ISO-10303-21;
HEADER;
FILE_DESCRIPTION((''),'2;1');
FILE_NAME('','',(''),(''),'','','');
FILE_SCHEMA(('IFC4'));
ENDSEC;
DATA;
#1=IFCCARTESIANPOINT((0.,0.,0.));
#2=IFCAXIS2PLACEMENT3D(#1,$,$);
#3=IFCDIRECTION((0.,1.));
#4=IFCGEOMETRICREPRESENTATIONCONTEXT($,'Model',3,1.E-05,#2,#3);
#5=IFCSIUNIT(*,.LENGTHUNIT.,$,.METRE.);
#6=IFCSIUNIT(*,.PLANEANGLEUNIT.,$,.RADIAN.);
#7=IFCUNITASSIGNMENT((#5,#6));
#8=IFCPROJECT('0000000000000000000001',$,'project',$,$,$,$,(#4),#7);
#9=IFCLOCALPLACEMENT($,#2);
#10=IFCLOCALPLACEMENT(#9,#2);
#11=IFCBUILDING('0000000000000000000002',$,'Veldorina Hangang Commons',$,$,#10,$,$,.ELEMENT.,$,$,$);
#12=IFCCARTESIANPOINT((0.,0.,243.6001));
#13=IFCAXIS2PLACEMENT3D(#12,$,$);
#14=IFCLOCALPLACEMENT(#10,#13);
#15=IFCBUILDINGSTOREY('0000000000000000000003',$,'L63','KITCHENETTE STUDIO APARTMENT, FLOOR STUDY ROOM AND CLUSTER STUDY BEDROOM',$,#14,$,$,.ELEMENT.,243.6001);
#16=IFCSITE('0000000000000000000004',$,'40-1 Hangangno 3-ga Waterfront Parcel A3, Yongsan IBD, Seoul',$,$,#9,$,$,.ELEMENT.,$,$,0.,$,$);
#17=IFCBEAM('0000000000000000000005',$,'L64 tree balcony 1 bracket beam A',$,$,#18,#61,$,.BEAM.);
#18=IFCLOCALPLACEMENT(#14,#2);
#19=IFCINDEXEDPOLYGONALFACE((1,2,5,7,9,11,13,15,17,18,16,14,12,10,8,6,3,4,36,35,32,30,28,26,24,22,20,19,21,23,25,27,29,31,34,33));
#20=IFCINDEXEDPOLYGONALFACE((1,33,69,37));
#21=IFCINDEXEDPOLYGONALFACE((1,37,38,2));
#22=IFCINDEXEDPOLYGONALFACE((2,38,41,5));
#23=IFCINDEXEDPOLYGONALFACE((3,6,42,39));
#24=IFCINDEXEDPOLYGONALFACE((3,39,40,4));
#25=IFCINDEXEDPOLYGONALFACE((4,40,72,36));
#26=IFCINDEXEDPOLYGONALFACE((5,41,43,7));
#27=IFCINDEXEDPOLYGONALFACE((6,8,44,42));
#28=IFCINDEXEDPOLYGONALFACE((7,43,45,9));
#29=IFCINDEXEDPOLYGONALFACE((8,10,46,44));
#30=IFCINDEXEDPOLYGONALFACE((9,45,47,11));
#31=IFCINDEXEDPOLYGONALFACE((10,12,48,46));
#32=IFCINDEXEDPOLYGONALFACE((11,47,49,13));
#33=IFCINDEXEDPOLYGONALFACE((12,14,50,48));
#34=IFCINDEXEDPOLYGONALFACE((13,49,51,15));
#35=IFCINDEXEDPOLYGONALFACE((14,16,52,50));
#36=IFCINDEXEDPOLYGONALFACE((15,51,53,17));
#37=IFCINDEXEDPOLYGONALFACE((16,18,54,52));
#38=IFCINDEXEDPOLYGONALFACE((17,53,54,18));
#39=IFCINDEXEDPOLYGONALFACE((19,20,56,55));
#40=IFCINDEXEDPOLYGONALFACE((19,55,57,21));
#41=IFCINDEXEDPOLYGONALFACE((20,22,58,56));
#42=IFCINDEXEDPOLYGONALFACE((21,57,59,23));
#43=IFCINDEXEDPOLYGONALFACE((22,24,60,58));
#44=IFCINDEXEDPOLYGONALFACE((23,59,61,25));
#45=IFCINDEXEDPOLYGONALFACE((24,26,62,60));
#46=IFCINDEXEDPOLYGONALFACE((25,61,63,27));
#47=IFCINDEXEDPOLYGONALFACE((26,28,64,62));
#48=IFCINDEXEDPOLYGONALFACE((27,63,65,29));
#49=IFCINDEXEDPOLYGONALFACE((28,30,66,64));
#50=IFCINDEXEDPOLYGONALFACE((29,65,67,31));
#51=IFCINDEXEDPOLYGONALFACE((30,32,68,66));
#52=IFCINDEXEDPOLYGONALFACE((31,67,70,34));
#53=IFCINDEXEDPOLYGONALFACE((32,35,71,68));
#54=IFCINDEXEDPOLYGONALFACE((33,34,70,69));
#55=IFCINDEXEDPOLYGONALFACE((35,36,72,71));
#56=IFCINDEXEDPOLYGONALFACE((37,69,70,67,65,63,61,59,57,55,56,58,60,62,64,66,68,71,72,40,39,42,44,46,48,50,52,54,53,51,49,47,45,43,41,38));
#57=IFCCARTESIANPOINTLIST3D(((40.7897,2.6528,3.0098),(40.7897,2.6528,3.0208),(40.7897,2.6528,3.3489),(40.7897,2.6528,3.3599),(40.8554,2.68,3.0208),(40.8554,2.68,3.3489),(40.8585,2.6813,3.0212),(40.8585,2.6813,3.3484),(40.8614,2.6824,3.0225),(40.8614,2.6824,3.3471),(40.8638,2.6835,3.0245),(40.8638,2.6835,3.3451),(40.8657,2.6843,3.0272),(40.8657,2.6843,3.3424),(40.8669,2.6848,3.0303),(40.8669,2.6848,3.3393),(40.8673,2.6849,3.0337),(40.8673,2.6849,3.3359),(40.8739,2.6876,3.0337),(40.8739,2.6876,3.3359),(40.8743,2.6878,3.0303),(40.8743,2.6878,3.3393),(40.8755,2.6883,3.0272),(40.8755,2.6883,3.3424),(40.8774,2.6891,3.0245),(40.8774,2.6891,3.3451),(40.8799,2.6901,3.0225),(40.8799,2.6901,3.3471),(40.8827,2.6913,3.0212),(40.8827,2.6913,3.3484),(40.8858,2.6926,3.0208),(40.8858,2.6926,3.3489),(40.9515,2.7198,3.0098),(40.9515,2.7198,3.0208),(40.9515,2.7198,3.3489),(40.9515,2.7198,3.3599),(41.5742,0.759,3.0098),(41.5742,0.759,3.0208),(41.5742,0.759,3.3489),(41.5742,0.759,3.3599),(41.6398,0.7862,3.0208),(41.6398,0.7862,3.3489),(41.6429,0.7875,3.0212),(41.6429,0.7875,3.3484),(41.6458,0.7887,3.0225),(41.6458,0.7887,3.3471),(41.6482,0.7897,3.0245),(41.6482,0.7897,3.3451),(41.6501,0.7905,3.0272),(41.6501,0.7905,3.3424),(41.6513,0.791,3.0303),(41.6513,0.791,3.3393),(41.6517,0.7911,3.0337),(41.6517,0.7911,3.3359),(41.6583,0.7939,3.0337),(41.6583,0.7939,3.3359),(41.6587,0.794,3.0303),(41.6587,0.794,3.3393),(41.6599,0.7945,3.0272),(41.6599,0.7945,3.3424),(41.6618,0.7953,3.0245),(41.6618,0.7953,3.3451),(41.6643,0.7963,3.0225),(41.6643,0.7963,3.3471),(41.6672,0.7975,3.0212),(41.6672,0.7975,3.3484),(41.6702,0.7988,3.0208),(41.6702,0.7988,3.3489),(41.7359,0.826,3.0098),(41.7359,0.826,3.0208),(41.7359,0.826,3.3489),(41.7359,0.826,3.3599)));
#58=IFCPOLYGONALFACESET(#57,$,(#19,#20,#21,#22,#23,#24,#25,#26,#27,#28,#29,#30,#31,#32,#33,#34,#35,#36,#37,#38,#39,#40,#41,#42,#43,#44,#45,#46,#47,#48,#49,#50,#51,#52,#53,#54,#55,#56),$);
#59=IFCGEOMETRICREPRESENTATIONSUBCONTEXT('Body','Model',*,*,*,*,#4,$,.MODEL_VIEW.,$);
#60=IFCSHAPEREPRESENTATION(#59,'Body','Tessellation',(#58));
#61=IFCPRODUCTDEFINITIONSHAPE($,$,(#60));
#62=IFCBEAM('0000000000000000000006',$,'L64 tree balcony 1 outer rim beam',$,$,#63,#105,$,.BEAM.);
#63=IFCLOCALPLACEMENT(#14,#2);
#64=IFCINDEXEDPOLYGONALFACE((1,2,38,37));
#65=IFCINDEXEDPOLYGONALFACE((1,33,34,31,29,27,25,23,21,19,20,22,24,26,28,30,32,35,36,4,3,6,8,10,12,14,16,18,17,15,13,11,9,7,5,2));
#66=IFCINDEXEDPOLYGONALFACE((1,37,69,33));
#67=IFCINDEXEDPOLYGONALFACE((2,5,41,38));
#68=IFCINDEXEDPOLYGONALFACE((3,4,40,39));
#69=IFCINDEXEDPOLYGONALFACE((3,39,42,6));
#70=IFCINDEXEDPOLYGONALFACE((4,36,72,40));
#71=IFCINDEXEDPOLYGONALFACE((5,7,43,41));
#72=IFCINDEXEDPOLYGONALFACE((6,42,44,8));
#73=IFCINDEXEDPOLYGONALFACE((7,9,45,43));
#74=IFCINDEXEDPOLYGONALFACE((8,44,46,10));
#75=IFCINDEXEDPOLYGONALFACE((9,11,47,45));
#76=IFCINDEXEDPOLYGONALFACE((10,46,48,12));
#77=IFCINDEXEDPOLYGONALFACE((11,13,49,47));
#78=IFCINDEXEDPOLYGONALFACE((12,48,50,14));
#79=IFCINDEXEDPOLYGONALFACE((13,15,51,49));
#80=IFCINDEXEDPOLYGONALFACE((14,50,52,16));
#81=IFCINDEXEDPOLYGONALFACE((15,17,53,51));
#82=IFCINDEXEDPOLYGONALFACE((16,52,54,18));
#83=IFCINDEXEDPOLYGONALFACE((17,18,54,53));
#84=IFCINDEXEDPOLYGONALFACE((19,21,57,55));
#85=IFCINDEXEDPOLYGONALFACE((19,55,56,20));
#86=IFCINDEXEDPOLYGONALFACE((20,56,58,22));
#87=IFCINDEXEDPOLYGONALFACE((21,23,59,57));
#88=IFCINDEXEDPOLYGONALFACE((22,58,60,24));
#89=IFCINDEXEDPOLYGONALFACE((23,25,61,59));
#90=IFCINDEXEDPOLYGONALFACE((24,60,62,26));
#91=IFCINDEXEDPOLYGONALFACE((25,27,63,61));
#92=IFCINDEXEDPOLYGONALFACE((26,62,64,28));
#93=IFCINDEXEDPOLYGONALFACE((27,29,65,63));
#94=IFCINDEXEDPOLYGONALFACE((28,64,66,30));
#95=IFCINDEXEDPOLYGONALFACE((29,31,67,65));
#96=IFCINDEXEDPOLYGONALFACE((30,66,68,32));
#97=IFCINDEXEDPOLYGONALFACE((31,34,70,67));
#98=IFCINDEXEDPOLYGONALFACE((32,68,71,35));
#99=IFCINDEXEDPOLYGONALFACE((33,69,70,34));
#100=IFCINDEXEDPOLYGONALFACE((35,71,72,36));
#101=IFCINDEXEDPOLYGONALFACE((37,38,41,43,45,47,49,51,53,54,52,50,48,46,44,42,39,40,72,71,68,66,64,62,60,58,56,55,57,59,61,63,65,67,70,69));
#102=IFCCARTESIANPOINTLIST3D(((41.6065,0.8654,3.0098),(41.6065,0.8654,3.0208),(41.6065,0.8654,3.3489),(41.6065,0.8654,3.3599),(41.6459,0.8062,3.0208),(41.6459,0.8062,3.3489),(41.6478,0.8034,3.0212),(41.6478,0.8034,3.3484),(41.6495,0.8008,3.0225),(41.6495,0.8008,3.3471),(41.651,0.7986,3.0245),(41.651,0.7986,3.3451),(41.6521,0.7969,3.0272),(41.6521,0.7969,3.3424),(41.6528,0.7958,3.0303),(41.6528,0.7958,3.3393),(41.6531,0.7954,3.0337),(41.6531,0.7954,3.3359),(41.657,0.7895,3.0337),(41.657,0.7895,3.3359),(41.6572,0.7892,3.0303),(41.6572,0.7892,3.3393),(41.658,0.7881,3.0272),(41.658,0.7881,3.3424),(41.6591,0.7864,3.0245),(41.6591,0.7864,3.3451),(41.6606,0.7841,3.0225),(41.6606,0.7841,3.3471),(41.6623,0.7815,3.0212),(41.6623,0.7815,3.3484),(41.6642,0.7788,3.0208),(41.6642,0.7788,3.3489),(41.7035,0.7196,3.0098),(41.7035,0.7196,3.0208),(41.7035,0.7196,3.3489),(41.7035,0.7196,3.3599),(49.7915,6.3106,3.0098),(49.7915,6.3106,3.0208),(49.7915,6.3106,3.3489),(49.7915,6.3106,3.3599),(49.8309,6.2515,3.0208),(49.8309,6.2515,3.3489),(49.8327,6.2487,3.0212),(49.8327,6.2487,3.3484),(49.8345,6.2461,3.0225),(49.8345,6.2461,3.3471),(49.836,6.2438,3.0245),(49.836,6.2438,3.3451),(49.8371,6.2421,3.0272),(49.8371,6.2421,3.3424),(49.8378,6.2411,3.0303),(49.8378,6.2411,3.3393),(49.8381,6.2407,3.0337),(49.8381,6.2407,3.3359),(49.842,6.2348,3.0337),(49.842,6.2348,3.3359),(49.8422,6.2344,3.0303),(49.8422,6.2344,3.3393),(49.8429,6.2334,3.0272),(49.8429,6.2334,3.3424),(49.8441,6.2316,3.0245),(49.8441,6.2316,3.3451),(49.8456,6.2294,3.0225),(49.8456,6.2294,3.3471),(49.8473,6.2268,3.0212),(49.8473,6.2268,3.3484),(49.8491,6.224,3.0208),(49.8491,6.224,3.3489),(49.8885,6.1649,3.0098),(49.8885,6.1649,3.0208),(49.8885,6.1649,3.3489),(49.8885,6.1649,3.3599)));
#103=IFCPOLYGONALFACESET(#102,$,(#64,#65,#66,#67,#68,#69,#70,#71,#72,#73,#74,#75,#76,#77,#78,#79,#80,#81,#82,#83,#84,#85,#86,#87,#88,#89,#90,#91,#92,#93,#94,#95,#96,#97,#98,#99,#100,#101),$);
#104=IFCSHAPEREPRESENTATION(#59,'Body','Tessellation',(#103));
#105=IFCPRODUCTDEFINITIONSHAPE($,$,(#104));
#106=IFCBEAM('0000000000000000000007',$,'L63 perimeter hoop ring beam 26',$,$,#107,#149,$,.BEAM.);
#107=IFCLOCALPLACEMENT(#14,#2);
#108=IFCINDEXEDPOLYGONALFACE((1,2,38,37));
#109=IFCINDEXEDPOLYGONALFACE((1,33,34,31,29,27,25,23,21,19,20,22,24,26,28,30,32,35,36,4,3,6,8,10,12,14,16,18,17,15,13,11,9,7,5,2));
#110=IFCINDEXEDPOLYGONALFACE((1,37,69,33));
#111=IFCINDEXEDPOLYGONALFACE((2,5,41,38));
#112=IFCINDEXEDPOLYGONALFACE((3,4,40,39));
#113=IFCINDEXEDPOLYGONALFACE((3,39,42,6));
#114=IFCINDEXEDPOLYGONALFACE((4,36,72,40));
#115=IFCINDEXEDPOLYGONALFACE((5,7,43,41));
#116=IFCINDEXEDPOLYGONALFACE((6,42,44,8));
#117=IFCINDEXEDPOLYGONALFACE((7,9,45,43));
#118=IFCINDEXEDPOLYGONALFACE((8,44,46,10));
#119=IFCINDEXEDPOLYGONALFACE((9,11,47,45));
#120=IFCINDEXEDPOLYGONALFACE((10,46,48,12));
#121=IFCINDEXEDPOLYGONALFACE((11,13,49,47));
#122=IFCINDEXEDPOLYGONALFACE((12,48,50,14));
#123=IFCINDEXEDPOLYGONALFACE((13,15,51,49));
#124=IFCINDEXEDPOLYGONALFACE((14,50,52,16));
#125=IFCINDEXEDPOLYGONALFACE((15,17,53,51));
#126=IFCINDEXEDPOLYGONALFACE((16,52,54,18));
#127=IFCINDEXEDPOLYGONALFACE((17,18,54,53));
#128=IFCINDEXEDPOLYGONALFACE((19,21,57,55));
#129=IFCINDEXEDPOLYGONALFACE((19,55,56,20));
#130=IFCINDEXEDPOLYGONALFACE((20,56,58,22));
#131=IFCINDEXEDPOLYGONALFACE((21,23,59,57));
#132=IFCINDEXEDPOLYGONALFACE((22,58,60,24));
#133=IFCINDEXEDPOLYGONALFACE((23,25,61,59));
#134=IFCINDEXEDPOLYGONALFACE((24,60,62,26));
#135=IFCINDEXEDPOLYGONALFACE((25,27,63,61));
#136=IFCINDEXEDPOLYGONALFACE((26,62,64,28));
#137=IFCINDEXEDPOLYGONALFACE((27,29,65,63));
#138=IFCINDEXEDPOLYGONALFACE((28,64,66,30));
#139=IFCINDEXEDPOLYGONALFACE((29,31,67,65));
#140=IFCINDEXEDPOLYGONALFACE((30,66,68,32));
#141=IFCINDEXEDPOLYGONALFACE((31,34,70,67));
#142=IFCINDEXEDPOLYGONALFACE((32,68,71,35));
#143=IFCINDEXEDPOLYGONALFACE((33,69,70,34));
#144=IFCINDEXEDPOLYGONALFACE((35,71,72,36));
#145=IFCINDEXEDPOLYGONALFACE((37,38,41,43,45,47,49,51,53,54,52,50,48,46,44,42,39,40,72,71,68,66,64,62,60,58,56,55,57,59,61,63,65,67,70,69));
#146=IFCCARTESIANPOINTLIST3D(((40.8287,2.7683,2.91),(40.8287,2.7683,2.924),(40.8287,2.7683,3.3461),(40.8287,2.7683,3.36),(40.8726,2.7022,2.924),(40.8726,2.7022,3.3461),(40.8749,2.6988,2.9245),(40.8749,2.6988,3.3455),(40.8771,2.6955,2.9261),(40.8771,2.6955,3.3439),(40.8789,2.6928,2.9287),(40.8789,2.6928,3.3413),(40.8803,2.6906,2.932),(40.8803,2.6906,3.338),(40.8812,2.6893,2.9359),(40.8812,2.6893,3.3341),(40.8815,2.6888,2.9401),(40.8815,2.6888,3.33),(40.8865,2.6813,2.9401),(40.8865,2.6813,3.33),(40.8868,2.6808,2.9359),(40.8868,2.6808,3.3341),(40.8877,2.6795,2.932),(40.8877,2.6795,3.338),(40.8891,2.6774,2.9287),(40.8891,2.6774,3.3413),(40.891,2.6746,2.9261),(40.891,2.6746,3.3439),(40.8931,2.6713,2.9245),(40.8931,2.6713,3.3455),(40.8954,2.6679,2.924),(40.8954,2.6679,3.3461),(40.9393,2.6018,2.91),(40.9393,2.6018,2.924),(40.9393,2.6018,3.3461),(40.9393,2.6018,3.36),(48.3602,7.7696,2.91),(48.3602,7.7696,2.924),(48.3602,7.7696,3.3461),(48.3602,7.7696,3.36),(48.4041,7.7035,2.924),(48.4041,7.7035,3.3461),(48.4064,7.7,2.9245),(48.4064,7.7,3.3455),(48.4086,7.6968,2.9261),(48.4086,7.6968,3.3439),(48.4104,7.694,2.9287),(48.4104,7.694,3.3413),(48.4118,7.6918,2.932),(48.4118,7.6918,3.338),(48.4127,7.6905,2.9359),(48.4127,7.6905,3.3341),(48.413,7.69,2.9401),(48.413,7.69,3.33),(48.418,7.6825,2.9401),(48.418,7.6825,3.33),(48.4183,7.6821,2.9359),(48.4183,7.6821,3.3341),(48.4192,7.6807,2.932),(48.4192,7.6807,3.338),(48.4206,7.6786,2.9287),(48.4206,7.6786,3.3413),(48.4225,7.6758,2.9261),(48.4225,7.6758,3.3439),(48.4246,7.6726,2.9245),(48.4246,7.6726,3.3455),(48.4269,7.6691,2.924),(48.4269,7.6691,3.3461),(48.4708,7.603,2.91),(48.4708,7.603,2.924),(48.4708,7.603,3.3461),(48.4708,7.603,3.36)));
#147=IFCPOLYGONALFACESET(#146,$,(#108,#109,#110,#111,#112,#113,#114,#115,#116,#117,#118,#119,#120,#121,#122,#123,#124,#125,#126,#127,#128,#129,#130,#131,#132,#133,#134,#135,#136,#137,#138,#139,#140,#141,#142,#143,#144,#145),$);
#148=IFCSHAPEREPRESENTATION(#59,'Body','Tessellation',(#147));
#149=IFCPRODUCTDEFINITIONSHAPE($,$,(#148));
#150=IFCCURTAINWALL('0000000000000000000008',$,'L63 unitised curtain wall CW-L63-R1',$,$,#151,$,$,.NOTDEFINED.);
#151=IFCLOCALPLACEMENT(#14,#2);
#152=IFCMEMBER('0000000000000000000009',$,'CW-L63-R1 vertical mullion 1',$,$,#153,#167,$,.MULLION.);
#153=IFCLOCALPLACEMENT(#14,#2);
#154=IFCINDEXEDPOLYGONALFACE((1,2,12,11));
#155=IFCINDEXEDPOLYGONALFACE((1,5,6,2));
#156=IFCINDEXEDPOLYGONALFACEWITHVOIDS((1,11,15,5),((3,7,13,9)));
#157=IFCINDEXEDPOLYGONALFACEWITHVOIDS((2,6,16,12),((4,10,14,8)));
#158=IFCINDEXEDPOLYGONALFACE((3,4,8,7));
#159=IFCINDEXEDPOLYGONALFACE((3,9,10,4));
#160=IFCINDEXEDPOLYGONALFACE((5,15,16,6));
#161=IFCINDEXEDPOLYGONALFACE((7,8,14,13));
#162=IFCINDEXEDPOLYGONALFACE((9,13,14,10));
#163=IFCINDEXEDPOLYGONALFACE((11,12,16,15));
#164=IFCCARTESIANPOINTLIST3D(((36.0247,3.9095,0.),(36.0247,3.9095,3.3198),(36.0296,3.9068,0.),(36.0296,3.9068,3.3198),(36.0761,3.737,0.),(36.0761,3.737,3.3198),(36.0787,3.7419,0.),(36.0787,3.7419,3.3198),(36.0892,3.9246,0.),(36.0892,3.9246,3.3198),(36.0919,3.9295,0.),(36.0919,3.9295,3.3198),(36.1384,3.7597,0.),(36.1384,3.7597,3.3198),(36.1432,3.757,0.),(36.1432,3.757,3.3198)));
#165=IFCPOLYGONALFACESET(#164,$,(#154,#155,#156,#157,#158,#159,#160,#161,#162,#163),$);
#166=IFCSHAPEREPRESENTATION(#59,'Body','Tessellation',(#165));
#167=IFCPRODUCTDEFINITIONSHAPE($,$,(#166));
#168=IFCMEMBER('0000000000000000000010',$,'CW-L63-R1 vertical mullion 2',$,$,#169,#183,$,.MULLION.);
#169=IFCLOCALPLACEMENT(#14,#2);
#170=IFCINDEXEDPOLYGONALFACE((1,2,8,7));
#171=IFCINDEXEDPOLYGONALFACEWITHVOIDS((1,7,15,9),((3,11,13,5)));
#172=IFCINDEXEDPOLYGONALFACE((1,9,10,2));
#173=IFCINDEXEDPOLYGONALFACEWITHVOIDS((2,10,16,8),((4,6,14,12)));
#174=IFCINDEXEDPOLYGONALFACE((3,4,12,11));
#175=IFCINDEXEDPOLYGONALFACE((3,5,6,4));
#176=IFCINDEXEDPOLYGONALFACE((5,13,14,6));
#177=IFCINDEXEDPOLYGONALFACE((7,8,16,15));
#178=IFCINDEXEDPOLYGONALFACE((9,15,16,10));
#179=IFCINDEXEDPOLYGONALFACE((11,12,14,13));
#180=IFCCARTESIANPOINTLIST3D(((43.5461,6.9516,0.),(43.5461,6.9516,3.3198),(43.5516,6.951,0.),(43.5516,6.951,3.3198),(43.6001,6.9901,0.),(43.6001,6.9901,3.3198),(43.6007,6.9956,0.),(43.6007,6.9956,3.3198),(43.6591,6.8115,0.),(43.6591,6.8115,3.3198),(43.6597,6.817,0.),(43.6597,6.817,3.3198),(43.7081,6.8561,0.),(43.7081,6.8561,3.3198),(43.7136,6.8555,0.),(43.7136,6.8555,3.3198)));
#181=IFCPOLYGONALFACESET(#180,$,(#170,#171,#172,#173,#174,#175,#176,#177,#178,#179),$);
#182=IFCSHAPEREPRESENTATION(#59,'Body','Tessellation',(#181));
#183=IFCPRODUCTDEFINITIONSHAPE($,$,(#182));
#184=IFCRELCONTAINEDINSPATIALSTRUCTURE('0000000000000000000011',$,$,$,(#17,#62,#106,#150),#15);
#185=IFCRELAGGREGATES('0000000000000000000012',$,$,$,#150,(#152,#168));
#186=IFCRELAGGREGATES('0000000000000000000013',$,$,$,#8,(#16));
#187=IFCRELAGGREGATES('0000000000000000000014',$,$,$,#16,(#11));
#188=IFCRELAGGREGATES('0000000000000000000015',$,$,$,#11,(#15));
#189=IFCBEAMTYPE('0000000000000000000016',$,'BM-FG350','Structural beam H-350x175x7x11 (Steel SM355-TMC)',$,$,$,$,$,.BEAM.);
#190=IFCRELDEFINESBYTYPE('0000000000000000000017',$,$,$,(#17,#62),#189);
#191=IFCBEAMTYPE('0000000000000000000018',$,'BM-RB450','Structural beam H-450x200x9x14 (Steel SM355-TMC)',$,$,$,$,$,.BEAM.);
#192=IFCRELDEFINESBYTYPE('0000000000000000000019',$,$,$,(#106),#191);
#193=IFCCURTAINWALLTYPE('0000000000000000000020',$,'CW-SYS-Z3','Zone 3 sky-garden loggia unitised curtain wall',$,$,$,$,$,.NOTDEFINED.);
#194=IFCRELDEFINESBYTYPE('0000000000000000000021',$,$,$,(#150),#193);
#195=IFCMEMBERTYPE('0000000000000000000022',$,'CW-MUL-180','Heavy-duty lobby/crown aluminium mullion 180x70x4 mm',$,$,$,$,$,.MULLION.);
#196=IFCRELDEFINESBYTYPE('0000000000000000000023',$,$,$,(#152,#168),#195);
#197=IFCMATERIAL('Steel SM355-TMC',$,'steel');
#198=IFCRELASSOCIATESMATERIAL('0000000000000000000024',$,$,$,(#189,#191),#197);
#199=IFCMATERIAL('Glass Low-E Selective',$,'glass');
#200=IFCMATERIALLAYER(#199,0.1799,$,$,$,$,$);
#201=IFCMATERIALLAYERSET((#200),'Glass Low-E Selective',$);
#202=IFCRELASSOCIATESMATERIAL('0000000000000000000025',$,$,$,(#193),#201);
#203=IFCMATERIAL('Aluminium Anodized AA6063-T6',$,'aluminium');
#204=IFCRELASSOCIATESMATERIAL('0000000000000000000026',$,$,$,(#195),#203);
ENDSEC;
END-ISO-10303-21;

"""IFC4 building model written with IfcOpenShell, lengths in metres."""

from ifc_helpers import new_model, si_unit, direction, frame, origin, origin_2d, place, context, subcontext, project, spatial, hollow_rectangle, i_section, extrude, material, layer, layer_set, material_profile, profile_set, type_object, element, aggregate, save


model = new_model("IFC4")

# Units and contexts
model_context = context("Model", 3, precision=1e-05, world=origin(), true_north=direction((0.0, 1.0)))
body_context = subcontext(model_context, "Body", "Model", "MODEL_VIEW")
ifc_project = project(units=[si_unit("LENGTHUNIT", "METRE"), si_unit("PLANEANGLEUNIT", "RADIAN")], contexts=[model_context])

# Site, building, storey
site_placement = place(None, origin())
site = spatial("IfcSite", under=ifc_project, at=site_placement, Name="40-1 Hangangno 3-ga Waterfront Parcel A3, Yongsan IBD, Seoul", CompositionType="ELEMENT", RefElevation=0.0)
building_placement = place(site_placement, origin())
building = spatial("IfcBuilding", under=site, at=building_placement, Name="Veldorina Hangang Commons", CompositionType="ELEMENT")
storey_placement = place(building_placement, frame((0.0, 0.0, 243.6001)))
storey = spatial("IfcBuildingStorey", under=building, at=storey_placement, Name="L63", Description="KITCHENETTE STUDIO APARTMENT, FLOOR STUDY ROOM AND CLUSTER STUDY BEDROOM", CompositionType="ELEMENT", Elevation=243.6001)

# Beams
ifc_material_1 = material(Name="Steel SM355-TMC", Category="steel")
ifc_material_profile_1 = material_profile(ifc_material_1, i_section(OverallWidth=0.175, OverallDepth=0.3501, WebThickness=0.0071, FlangeThickness=0.011, FilletRadius=0.0129, at=origin_2d()), Name="H-350x175x7x11")
ifc_profile_set_1 = profile_set([ifc_material_profile_1], Name="Steel SM355-TMC")
beam_type_1 = type_object("IfcBeamType", Name="BM-FG350", Description="Structural beam H-350x175x7x11 (Steel SM355-TMC)", PredefinedType="BEAM", material=ifc_profile_set_1)
beam_1_placement = place(storey_placement, frame((40.8706, 2.6863, 3.1848), z_axis=(0.382678, -0.923882, 0.0), x_axis=(0.923882, 0.382678, 0.0)))
element("IfcBeam", 1, at=beam_1_placement, inside=storey, type_object=beam_type_1, Name="L64 tree balcony 1 bracket beam A", PredefinedType="BEAM", context=body_context, shape_type="SweptSolid", body=[
    extrude(i_section(OverallWidth=0.175, OverallDepth=0.3501, WebThickness=0.0071, FlangeThickness=0.011, FilletRadius=0.0129, at=origin_2d()), origin(), (0.0, 0.0, 1.0), 2.0498),
])
beam_2_placement = place(storey_placement, frame((41.655, 0.7925, 3.1848), z_axis=(0.832585, 0.553898, 0.0), x_axis=(-0.553898, 0.832585, 0.0)))
element("IfcBeam", 2, at=beam_2_placement, inside=storey, type_object=beam_type_1, Name="L64 tree balcony 1 outer rim beam", PredefinedType="BEAM", context=body_context, shape_type="SweptSolid", body=[
    extrude(i_section(OverallWidth=0.175, OverallDepth=0.3501, WebThickness=0.0071, FlangeThickness=0.011, FilletRadius=0.0129, at=origin_2d()), origin(), (0.0, 0.0, 1.0), 9.8308),
])
ifc_material_profile_2 = material_profile(ifc_material_1, i_section(OverallWidth=0.2, OverallDepth=0.45, WebThickness=0.009, FlangeThickness=0.0139, FilletRadius=0.0161, at=origin_2d()), Name="H-450x200x9x14")
ifc_profile_set_2 = profile_set([ifc_material_profile_2], Name="Steel SM355-TMC")
beam_type_2 = type_object("IfcBeamType", Name="BM-RB450", Description="Structural beam H-450x200x9x14 (Steel SM355-TMC)", PredefinedType="BEAM", material=ifc_profile_set_2)
beam_3_placement = place(storey_placement, frame((40.884, 2.6851, 3.135), z_axis=(0.833058, 0.553185, 0.0), x_axis=(-0.553185, 0.833058, 0.0)))
element("IfcBeam", 3, at=beam_3_placement, inside=storey, type_object=beam_type_2, Name="L63 perimeter hoop ring beam 26", PredefinedType="BEAM", context=body_context, shape_type="SweptSolid", body=[
    extrude(i_section(OverallWidth=0.2, OverallDepth=0.45, WebThickness=0.009, FlangeThickness=0.0139, FilletRadius=0.0161, at=origin_2d()), origin(), (0.0, 0.0, 1.0), 9.0408),
])

# Curtain wall, members
ifc_material_2 = material(Name="Glass Low-E Selective", Category="glass")
ifc_layer_1 = layer(ifc_material_2, 0.1799)
ifc_layer_set_1 = layer_set([ifc_layer_1], Name="Glass Low-E Selective")
curtain_wall_type = type_object("IfcCurtainWallType", Name="CW-SYS-Z3", Description="Zone 3 sky-garden loggia unitised curtain wall", PredefinedType="NOTDEFINED", material=ifc_layer_set_1)
curtain_wall_placement = place(storey_placement, origin())
curtain_wall = element("IfcCurtainWall", 4, at=curtain_wall_placement, inside=storey, type_object=curtain_wall_type, Name="L63 unitised curtain wall CW-L63-R1", PredefinedType="NOTDEFINED")
ifc_material_3 = material(Name="Aluminium Anodized AA6063-T6", Category="aluminium")
ifc_material_profile_3 = material_profile(ifc_material_3, hollow_rectangle(XDim=0.0701, YDim=0.1799, WallThickness=0.0039, at=origin_2d()), Name="ALU-RHS-180x70x4")
ifc_profile_set_3 = profile_set([ifc_material_profile_3], Name="Aluminium Anodized AA6063-T6")
member_type_1 = type_object("IfcMemberType", Name="CW-MUL-180", Description="Heavy-duty lobby/crown aluminium mullion 180x70x4 mm", PredefinedType="MULLION", material=ifc_profile_set_3)
member_1_placement = place(storey_placement, frame((36.084, 3.8333, 0.0), z_axis=(0.0, 0.0, 1.0), x_axis=(0.958362, 0.285555, 0.0)))
member_1 = element("IfcMember", 5, at=member_1_placement, type_object=member_type_1, Name="CW-L63-R1 vertical mullion 1", PredefinedType="MULLION", context=body_context, shape_type="SweptSolid", body=[
    extrude(hollow_rectangle(XDim=0.0701, YDim=0.1799, WallThickness=0.0039, at=origin_2d()), origin(), (0.0, 0.0, 1.0), 3.3198),
])
member_2_placement = place(storey_placement, frame((43.6299, 6.9036, 0.0), z_axis=(0.0, 0.0, 1.0), x_axis=(0.778539, 0.627596, 0.0)))
member_2 = element("IfcMember", 6, at=member_2_placement, type_object=member_type_1, Name="CW-L63-R1 vertical mullion 2", PredefinedType="MULLION", context=body_context, shape_type="SweptSolid", body=[
    extrude(hollow_rectangle(XDim=0.0701, YDim=0.1799, WallThickness=0.0039, at=origin_2d()), origin(), (0.0, 0.0, 1.0), 3.3198),
])

aggregate(curtain_wall, [member_1, member_2])

save(model, "model.ifc")
